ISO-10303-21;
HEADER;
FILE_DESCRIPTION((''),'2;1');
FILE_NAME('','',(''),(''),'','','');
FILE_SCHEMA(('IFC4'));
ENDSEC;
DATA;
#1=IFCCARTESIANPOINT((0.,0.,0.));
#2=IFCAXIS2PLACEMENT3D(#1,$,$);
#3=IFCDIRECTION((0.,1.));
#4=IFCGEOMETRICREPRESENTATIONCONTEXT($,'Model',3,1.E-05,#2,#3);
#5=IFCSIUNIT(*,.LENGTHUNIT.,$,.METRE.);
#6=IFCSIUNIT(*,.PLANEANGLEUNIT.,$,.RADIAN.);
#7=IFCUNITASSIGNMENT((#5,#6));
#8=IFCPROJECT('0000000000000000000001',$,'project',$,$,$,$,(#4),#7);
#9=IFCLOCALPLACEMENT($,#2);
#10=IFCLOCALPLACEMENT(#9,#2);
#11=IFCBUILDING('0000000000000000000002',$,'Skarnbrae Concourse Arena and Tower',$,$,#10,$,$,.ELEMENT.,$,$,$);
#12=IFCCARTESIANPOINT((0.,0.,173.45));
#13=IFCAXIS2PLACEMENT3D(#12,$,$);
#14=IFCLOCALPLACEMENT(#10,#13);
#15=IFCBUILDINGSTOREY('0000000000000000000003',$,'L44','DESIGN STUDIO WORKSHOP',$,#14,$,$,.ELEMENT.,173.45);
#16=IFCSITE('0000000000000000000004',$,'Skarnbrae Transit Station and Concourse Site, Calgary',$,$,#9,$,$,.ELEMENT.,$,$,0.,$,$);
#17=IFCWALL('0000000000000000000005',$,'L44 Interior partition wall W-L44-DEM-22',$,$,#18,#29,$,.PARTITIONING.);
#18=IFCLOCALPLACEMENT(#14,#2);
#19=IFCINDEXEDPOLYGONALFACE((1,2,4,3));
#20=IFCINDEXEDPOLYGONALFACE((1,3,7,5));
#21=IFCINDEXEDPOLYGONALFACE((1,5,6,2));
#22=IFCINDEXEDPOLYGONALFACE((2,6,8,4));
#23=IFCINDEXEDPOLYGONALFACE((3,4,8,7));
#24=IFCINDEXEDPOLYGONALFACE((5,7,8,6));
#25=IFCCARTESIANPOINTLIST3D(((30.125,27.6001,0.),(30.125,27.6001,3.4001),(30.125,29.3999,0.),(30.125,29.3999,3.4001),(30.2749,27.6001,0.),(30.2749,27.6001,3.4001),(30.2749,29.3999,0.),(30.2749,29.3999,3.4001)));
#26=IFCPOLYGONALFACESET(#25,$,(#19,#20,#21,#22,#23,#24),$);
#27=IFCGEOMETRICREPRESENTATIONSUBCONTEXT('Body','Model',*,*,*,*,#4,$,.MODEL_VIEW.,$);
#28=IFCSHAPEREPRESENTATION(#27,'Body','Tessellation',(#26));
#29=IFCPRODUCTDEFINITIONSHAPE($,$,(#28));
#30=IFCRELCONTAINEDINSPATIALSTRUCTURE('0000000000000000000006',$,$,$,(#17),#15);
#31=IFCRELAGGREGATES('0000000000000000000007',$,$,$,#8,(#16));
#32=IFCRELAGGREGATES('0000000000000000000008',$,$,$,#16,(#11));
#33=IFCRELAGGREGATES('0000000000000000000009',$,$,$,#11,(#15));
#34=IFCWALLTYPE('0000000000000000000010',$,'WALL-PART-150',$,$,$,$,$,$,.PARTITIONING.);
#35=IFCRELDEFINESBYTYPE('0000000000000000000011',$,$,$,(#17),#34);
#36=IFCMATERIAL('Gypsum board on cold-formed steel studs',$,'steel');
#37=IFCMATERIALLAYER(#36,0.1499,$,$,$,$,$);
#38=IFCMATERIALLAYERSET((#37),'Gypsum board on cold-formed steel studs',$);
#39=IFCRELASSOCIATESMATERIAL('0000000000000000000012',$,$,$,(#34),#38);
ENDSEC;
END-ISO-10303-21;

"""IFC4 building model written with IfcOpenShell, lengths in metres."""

from ifc_helpers import new_model, si_unit, direction, frame, frame_2d, origin, place, context, subcontext, project, spatial, rectangle, extrude, source, transform, mapped, material, layer, layer_set, type_object, element, save


model = new_model("IFC4")

# Units and contexts
model_context = context("Model", 3, precision=1e-05, world=origin(), true_north=direction((0.0, 1.0)))
body_context = subcontext(model_context, "Body", "Model", "MODEL_VIEW")
ifc_project = project(units=[si_unit("LENGTHUNIT", "METRE"), si_unit("PLANEANGLEUNIT", "RADIAN")], contexts=[model_context])

# Site, building, storey
site_placement = place(None, origin())
site = spatial("IfcSite", under=ifc_project, at=site_placement, Name="Skarnbrae Transit Station and Concourse Site, Calgary", CompositionType="ELEMENT", RefElevation=0.0)
building_placement = place(site_placement, origin())
building = spatial("IfcBuilding", under=site, at=building_placement, Name="Skarnbrae Concourse Arena and Tower", CompositionType="ELEMENT")
storey_placement = place(building_placement, frame((0.0, 0.0, 173.45)))
storey = spatial("IfcBuildingStorey", under=building, at=storey_placement, Name="L44", Description="DESIGN STUDIO WORKSHOP", CompositionType="ELEMENT", Elevation=173.45)

# Wall
ifc_material_1 = material(Name="Gypsum board on cold-formed steel studs", Category="steel")
ifc_layer = layer(ifc_material_1, 0.1499)
ifc_layer_set = layer_set([ifc_layer], Name="Gypsum board on cold-formed steel studs")
wall_type = type_object("IfcWallType", Name="WALL-PART-150", PredefinedType="PARTITIONING", material=ifc_layer_set)
shared_shape_1 = source(origin(), body_context, "Body", "SweptSolid", [
    extrude(rectangle(XDim=1.7998, YDim=0.1499, at=frame_2d((0.8999, 0.0))), origin(), (0.0, 0.0, 1.0), 3.4001),
])
wall_1_placement = place(storey_placement, frame((30.2, 29.3999, 0.0), z_axis=(0.0, 0.0, 1.0), x_axis=(0.0, -1.0, 0.0)))
element("IfcWall", 1, at=wall_1_placement, inside=storey, type_object=wall_type, Name="L44 Interior partition wall W-L44-DEM-22", PredefinedType="PARTITIONING", context=body_context, shape_type="MappedRepresentation", body=[
    mapped(shared_shape_1, transform((0.0, 0.0, 0.0))),
])

save(model, "model.ifc")
